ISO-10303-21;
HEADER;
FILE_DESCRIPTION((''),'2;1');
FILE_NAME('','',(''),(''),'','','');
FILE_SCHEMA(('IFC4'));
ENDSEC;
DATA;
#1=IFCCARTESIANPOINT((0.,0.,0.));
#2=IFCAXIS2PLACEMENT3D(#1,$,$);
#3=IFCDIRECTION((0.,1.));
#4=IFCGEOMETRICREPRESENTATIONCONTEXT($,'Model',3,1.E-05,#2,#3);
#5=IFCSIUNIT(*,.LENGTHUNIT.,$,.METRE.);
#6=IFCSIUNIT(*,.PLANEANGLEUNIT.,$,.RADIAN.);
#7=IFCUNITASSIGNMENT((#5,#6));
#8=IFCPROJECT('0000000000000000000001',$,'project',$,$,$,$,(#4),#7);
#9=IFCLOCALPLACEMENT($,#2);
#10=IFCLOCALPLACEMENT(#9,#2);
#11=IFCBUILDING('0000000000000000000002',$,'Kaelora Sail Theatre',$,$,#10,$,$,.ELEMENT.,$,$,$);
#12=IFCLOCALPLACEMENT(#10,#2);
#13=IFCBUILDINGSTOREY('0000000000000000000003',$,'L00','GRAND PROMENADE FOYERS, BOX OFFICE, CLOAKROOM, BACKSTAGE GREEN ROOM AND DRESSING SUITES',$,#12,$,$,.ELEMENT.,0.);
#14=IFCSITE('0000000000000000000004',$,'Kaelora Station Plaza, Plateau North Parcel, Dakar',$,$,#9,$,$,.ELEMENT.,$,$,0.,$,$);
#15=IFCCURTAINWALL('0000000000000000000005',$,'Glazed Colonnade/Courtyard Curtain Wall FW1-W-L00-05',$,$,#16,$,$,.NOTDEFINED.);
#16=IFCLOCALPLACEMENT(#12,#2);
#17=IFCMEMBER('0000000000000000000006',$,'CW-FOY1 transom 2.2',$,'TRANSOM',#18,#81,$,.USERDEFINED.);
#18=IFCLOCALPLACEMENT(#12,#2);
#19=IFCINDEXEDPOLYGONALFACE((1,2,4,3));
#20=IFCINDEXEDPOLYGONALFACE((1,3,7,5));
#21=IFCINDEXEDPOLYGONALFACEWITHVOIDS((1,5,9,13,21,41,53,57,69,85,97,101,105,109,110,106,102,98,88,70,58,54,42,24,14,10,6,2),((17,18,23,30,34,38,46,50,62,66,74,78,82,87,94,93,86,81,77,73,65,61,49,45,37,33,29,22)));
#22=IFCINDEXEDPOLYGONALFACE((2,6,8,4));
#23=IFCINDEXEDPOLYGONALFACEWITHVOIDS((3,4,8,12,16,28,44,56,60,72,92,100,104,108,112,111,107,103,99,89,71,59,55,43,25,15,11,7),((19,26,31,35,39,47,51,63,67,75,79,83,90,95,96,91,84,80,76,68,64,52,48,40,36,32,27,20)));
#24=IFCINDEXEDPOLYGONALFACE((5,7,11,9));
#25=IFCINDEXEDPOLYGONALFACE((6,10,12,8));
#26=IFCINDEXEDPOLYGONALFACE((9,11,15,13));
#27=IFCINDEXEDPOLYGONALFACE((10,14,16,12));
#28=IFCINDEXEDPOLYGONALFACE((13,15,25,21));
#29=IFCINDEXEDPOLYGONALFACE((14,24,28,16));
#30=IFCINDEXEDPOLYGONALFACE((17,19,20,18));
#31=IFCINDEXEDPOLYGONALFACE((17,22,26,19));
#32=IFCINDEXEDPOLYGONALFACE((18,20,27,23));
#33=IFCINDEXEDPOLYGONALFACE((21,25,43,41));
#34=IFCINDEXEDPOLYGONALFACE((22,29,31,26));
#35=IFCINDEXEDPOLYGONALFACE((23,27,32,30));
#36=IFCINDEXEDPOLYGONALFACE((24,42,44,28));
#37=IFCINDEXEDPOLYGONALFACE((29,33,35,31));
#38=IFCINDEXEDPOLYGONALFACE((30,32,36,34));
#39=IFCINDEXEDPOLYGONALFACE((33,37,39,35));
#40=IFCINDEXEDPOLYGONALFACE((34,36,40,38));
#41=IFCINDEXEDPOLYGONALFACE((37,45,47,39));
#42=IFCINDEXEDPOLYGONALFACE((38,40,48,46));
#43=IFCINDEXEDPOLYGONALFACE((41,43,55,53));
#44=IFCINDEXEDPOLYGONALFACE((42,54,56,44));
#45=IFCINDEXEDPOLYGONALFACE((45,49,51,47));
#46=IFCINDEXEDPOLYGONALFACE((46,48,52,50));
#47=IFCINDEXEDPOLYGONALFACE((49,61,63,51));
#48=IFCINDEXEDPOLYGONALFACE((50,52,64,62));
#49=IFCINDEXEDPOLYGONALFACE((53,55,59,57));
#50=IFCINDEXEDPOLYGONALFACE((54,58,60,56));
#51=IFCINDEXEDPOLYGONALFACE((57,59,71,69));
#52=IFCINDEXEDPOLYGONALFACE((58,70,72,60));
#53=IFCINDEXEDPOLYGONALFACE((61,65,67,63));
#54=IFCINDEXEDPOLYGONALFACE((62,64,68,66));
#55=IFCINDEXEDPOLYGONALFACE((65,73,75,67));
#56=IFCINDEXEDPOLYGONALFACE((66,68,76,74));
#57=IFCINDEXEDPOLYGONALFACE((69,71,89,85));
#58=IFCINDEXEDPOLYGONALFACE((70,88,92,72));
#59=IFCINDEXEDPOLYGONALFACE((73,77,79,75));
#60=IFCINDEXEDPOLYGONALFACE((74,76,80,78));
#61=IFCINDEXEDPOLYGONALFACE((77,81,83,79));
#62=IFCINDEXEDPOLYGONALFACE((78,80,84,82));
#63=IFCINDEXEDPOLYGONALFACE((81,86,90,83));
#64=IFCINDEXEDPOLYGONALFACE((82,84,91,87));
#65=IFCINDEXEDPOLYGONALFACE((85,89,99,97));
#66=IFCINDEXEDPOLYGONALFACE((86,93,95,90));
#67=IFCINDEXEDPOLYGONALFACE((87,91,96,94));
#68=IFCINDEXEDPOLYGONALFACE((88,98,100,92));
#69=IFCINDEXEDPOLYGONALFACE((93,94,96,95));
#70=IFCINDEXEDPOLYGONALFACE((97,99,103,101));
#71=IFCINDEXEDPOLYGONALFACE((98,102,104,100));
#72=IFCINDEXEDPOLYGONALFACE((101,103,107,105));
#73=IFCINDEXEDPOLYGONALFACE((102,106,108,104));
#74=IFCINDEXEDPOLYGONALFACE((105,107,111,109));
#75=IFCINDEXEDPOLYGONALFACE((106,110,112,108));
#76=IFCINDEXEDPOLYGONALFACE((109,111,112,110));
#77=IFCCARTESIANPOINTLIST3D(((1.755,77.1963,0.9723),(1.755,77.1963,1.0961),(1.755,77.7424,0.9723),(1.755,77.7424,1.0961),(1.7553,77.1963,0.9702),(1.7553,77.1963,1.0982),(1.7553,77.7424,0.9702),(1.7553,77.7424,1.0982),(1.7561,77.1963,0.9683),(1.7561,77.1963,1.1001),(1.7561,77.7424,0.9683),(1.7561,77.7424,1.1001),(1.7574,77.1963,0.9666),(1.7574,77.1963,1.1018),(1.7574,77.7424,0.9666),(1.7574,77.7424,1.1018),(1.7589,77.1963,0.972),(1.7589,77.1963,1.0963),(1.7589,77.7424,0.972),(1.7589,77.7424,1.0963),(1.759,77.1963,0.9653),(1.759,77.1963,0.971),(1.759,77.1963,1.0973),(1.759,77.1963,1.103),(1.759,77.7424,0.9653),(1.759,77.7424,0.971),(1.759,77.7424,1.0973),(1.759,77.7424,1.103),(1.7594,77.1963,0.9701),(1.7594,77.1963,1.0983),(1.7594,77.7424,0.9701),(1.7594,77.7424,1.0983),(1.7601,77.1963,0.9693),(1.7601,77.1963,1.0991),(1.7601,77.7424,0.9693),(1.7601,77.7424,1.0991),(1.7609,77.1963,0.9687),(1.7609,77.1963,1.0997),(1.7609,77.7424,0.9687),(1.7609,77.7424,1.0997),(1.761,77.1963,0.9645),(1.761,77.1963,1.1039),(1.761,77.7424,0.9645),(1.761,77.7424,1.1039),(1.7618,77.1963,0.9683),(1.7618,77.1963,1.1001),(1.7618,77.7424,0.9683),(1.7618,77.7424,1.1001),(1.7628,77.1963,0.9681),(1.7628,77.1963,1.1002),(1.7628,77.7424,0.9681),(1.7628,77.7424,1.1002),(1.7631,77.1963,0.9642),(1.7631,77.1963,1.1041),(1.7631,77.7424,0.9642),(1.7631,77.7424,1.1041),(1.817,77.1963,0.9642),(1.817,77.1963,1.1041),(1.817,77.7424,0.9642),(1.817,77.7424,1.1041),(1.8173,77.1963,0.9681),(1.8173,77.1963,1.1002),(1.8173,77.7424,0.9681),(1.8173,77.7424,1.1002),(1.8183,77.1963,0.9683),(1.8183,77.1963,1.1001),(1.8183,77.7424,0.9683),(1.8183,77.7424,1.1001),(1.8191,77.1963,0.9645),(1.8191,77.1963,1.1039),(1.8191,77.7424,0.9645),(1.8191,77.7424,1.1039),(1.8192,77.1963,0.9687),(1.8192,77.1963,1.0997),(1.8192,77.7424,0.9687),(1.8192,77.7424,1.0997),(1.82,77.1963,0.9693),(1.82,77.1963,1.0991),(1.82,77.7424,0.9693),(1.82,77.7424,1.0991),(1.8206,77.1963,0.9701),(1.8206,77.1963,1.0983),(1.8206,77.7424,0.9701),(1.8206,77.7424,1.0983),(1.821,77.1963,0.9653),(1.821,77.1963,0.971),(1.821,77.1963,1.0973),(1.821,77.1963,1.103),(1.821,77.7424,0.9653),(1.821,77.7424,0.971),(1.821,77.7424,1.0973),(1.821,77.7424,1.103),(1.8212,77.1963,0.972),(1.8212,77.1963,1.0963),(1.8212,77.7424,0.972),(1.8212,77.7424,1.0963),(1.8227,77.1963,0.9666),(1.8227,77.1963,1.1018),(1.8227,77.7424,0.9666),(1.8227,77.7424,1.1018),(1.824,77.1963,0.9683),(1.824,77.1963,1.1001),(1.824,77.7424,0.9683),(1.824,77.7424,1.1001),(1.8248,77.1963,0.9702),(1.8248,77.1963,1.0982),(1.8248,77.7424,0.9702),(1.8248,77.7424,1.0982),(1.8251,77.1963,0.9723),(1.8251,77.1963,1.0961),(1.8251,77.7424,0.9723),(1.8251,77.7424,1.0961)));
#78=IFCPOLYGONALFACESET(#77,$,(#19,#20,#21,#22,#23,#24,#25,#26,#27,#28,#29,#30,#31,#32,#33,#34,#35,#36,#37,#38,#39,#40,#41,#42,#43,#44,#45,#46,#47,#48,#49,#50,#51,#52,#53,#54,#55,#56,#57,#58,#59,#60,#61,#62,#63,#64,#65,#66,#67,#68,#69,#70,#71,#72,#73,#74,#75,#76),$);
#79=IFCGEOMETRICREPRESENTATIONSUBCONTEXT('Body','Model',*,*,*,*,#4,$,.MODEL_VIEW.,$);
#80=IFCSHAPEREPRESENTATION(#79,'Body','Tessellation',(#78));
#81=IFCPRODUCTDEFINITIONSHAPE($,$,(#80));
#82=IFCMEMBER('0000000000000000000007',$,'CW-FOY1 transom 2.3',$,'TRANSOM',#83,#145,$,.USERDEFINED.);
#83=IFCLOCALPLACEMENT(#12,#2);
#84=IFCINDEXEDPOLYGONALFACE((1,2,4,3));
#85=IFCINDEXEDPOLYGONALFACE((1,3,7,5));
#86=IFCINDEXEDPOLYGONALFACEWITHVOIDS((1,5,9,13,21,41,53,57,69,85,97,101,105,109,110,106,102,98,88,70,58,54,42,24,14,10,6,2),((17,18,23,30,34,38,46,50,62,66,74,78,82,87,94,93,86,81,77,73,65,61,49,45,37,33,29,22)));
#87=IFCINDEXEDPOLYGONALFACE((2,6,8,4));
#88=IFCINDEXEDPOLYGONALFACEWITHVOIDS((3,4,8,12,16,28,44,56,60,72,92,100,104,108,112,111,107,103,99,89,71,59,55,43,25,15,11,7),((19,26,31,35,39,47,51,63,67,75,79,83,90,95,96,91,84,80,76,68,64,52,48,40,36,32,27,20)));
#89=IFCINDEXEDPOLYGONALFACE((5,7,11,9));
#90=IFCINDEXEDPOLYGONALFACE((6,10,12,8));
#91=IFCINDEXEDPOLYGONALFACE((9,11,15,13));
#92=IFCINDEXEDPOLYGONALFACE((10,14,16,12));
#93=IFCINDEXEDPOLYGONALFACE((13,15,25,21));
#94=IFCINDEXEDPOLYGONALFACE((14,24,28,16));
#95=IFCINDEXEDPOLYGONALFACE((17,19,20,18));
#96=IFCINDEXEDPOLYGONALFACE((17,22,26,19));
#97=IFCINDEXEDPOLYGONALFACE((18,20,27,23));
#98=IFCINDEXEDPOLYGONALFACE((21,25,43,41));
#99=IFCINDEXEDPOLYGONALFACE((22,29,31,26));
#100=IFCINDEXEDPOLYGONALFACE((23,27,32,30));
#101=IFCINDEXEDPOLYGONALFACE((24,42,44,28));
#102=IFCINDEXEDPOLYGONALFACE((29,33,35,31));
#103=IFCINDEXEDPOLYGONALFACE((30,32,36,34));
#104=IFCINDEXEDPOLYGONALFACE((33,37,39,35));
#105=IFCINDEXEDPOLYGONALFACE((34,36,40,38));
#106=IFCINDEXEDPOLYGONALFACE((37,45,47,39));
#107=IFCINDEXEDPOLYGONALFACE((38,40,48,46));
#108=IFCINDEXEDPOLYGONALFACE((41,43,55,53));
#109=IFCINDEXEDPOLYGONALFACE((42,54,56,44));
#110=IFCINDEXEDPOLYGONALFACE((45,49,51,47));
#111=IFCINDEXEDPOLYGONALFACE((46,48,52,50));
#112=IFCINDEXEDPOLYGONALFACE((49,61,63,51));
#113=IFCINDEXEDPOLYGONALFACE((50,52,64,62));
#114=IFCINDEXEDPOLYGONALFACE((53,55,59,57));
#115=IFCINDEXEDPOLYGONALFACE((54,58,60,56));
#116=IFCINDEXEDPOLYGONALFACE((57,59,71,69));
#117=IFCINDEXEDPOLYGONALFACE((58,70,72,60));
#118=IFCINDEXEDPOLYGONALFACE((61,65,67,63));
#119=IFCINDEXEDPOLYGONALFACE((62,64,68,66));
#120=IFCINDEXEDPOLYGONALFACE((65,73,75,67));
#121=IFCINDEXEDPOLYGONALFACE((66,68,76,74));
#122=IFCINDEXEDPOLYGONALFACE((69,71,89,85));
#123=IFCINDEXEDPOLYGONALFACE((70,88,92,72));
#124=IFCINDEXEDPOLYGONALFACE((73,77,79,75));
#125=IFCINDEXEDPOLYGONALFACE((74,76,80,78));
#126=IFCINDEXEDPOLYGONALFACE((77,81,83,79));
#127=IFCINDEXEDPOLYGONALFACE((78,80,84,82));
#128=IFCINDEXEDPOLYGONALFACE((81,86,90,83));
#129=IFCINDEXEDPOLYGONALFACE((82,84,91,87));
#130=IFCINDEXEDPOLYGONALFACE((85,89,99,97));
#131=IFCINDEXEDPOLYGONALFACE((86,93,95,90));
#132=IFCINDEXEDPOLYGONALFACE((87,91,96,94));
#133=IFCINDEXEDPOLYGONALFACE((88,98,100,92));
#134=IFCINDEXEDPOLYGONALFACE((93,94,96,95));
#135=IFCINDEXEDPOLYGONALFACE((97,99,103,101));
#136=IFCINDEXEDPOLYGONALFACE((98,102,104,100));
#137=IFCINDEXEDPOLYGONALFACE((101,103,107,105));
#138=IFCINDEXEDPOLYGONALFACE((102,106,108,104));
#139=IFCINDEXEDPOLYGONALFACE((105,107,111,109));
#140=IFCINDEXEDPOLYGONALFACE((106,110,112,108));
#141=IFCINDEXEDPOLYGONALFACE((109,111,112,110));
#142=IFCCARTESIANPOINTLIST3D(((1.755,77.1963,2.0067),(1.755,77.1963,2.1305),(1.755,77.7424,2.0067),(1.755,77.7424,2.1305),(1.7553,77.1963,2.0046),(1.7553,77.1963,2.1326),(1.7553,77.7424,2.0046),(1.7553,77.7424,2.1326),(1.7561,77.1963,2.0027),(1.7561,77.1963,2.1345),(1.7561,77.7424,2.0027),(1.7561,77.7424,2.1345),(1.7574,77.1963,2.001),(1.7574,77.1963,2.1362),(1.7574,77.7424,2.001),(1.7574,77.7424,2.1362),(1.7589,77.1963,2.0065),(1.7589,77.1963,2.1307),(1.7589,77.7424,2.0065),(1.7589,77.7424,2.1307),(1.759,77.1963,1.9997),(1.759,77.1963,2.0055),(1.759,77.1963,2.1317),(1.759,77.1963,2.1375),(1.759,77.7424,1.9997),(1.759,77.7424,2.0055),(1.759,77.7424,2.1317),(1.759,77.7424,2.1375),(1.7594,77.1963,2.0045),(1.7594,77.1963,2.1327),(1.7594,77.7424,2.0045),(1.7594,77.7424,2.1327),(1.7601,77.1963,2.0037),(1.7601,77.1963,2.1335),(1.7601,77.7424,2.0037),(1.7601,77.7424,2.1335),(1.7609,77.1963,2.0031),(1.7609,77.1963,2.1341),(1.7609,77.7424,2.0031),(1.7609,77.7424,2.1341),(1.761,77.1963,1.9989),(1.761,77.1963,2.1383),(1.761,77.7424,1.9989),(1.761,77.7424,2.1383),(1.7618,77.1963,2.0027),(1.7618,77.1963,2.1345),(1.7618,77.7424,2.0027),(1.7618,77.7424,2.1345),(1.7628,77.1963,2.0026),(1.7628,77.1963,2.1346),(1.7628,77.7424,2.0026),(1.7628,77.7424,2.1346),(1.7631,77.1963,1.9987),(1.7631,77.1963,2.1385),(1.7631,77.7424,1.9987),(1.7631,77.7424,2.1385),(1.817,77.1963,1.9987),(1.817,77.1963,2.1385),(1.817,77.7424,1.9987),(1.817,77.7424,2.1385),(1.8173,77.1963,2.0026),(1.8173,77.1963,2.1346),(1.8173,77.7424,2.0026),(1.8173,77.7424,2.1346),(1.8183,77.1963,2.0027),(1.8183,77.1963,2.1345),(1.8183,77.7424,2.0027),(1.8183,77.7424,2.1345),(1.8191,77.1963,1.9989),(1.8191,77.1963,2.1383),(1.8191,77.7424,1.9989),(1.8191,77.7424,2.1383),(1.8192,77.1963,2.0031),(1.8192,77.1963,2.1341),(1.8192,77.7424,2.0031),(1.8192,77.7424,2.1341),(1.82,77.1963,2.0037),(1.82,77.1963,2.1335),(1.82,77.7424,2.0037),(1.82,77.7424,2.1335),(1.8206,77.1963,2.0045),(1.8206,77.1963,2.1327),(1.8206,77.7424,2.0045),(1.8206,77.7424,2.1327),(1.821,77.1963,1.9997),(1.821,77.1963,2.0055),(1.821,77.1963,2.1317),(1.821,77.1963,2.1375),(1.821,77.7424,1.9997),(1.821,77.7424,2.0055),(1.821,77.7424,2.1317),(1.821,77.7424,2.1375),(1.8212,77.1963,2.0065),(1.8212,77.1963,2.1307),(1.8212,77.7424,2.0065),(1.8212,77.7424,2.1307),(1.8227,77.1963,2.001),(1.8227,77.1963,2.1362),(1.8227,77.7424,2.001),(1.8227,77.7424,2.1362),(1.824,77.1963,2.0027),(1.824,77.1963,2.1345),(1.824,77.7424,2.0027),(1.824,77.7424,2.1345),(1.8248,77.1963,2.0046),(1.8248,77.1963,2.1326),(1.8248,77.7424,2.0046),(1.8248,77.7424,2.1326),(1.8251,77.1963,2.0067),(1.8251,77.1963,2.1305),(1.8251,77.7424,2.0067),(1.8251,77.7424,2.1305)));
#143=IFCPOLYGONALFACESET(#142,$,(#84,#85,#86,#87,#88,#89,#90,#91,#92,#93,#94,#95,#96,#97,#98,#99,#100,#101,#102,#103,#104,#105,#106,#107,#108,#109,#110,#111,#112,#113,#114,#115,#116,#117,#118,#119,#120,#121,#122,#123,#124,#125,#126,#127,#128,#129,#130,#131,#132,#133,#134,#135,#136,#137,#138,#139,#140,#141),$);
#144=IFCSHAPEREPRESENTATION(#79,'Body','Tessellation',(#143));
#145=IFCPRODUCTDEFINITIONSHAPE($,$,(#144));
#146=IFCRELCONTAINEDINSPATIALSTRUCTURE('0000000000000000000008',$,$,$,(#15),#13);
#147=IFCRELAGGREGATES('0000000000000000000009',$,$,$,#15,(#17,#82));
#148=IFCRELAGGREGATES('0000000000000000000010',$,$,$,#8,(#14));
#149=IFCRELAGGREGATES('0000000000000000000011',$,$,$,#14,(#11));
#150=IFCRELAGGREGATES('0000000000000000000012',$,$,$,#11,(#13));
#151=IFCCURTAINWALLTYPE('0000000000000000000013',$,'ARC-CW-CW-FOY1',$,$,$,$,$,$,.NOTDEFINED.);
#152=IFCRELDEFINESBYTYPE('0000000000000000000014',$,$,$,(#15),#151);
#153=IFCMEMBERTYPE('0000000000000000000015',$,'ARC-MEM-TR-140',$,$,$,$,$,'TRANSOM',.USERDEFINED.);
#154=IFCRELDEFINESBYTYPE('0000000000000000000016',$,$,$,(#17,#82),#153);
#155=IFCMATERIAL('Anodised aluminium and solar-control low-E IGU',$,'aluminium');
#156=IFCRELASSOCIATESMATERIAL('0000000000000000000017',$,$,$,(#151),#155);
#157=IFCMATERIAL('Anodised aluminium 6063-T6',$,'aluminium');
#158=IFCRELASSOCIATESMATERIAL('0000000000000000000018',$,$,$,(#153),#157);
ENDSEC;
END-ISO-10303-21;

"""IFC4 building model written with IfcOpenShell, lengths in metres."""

from ifc_helpers import new_model, si_unit, direction, frame, origin, origin_2d, place, context, subcontext, project, spatial, hollow_rectangle, extrude, material, material_profile, profile_set, type_object, element, aggregate, save


model = new_model("IFC4")

# Units and contexts
model_context = context("Model", 3, precision=1e-05, world=origin(), true_north=direction((0.0, 1.0)))
body_context = subcontext(model_context, "Body", "Model", "MODEL_VIEW")
ifc_project = project(units=[si_unit("LENGTHUNIT", "METRE"), si_unit("PLANEANGLEUNIT", "RADIAN")], contexts=[model_context])

# Site, building, storey
site_placement = place(None, origin())
site = spatial("IfcSite", under=ifc_project, at=site_placement, Name="Kaelora Station Plaza, Plateau North Parcel, Dakar", CompositionType="ELEMENT", RefElevation=0.0)
building_placement = place(site_placement, origin())
building = spatial("IfcBuilding", under=site, at=building_placement, Name="Kaelora Sail Theatre", CompositionType="ELEMENT")
storey_placement = place(building_placement, origin())
storey = spatial("IfcBuildingStorey", under=building, at=storey_placement, Name="L00", Description="GRAND PROMENADE FOYERS, BOX OFFICE, CLOAKROOM, BACKSTAGE GREEN ROOM AND DRESSING SUITES", CompositionType="ELEMENT", Elevation=0.0)

# Curtain wall, members
ifc_material_1 = material(Name="Anodised aluminium and solar-control low-E IGU", Category="aluminium")
curtain_wall_type = type_object("IfcCurtainWallType", Name="ARC-CW-CW-FOY1", PredefinedType="NOTDEFINED", material=ifc_material_1)
curtain_wall_placement = place(storey_placement, origin())
curtain_wall = element("IfcCurtainWall", 1, at=curtain_wall_placement, inside=storey, type_object=curtain_wall_type, Name="Glazed Colonnade/Courtyard Curtain Wall FW1-W-L00-05", PredefinedType="NOTDEFINED")
ifc_material_2 = material(Name="Anodised aluminium 6063-T6", Category="aluminium")
ifc_material_profile_1 = material_profile(ifc_material_2, hollow_rectangle(XDim=0.0701, YDim=0.1399, WallThickness=0.0039, InnerFilletRadius=0.0039, OuterFilletRadius=0.0081, at=origin_2d()), Name="ALU-TRAN 70x140x4")
ifc_profile_set_1 = profile_set([ifc_material_profile_1], Name="Anodised aluminium 6063-T6")
member_type_1 = type_object("IfcMemberType", Name="ARC-MEM-TR-140", ElementType="TRANSOM", PredefinedType="USERDEFINED", material=ifc_profile_set_1)
member_1_placement = place(storey_placement, frame((1.79, 77.1963, 1.0342), z_axis=(0.0, 1.0, 0.0), x_axis=(-1.0, 0.0, 0.0)))
member_1 = element("IfcMember", 2, at=member_1_placement, type_object=member_type_1, Name="CW-FOY1 transom 2.2", ObjectType="TRANSOM", PredefinedType="USERDEFINED", context=body_context, shape_type="SweptSolid", body=[
    extrude(hollow_rectangle(XDim=0.0701, YDim=0.1399, WallThickness=0.0039, InnerFilletRadius=0.0039, OuterFilletRadius=0.0081, at=origin_2d()), origin(), (0.0, 0.0, 1.0), 0.5461),
])
member_2_placement = place(storey_placement, frame((1.79, 77.1963, 2.0686), z_axis=(0.0, 1.0, 0.0), x_axis=(-1.0, 0.0, 0.0)))
member_2 = element("IfcMember", 3, at=member_2_placement, type_object=member_type_1, Name="CW-FOY1 transom 2.3", ObjectType="TRANSOM", PredefinedType="USERDEFINED", context=body_context, shape_type="SweptSolid", body=[
    extrude(hollow_rectangle(XDim=0.0701, YDim=0.1399, WallThickness=0.0039, InnerFilletRadius=0.0039, OuterFilletRadius=0.0081, at=origin_2d()), origin(), (0.0, 0.0, 1.0), 0.5461),
])
aggregate(curtain_wall, [member_1, member_2])

save(model, "model.ifc")
